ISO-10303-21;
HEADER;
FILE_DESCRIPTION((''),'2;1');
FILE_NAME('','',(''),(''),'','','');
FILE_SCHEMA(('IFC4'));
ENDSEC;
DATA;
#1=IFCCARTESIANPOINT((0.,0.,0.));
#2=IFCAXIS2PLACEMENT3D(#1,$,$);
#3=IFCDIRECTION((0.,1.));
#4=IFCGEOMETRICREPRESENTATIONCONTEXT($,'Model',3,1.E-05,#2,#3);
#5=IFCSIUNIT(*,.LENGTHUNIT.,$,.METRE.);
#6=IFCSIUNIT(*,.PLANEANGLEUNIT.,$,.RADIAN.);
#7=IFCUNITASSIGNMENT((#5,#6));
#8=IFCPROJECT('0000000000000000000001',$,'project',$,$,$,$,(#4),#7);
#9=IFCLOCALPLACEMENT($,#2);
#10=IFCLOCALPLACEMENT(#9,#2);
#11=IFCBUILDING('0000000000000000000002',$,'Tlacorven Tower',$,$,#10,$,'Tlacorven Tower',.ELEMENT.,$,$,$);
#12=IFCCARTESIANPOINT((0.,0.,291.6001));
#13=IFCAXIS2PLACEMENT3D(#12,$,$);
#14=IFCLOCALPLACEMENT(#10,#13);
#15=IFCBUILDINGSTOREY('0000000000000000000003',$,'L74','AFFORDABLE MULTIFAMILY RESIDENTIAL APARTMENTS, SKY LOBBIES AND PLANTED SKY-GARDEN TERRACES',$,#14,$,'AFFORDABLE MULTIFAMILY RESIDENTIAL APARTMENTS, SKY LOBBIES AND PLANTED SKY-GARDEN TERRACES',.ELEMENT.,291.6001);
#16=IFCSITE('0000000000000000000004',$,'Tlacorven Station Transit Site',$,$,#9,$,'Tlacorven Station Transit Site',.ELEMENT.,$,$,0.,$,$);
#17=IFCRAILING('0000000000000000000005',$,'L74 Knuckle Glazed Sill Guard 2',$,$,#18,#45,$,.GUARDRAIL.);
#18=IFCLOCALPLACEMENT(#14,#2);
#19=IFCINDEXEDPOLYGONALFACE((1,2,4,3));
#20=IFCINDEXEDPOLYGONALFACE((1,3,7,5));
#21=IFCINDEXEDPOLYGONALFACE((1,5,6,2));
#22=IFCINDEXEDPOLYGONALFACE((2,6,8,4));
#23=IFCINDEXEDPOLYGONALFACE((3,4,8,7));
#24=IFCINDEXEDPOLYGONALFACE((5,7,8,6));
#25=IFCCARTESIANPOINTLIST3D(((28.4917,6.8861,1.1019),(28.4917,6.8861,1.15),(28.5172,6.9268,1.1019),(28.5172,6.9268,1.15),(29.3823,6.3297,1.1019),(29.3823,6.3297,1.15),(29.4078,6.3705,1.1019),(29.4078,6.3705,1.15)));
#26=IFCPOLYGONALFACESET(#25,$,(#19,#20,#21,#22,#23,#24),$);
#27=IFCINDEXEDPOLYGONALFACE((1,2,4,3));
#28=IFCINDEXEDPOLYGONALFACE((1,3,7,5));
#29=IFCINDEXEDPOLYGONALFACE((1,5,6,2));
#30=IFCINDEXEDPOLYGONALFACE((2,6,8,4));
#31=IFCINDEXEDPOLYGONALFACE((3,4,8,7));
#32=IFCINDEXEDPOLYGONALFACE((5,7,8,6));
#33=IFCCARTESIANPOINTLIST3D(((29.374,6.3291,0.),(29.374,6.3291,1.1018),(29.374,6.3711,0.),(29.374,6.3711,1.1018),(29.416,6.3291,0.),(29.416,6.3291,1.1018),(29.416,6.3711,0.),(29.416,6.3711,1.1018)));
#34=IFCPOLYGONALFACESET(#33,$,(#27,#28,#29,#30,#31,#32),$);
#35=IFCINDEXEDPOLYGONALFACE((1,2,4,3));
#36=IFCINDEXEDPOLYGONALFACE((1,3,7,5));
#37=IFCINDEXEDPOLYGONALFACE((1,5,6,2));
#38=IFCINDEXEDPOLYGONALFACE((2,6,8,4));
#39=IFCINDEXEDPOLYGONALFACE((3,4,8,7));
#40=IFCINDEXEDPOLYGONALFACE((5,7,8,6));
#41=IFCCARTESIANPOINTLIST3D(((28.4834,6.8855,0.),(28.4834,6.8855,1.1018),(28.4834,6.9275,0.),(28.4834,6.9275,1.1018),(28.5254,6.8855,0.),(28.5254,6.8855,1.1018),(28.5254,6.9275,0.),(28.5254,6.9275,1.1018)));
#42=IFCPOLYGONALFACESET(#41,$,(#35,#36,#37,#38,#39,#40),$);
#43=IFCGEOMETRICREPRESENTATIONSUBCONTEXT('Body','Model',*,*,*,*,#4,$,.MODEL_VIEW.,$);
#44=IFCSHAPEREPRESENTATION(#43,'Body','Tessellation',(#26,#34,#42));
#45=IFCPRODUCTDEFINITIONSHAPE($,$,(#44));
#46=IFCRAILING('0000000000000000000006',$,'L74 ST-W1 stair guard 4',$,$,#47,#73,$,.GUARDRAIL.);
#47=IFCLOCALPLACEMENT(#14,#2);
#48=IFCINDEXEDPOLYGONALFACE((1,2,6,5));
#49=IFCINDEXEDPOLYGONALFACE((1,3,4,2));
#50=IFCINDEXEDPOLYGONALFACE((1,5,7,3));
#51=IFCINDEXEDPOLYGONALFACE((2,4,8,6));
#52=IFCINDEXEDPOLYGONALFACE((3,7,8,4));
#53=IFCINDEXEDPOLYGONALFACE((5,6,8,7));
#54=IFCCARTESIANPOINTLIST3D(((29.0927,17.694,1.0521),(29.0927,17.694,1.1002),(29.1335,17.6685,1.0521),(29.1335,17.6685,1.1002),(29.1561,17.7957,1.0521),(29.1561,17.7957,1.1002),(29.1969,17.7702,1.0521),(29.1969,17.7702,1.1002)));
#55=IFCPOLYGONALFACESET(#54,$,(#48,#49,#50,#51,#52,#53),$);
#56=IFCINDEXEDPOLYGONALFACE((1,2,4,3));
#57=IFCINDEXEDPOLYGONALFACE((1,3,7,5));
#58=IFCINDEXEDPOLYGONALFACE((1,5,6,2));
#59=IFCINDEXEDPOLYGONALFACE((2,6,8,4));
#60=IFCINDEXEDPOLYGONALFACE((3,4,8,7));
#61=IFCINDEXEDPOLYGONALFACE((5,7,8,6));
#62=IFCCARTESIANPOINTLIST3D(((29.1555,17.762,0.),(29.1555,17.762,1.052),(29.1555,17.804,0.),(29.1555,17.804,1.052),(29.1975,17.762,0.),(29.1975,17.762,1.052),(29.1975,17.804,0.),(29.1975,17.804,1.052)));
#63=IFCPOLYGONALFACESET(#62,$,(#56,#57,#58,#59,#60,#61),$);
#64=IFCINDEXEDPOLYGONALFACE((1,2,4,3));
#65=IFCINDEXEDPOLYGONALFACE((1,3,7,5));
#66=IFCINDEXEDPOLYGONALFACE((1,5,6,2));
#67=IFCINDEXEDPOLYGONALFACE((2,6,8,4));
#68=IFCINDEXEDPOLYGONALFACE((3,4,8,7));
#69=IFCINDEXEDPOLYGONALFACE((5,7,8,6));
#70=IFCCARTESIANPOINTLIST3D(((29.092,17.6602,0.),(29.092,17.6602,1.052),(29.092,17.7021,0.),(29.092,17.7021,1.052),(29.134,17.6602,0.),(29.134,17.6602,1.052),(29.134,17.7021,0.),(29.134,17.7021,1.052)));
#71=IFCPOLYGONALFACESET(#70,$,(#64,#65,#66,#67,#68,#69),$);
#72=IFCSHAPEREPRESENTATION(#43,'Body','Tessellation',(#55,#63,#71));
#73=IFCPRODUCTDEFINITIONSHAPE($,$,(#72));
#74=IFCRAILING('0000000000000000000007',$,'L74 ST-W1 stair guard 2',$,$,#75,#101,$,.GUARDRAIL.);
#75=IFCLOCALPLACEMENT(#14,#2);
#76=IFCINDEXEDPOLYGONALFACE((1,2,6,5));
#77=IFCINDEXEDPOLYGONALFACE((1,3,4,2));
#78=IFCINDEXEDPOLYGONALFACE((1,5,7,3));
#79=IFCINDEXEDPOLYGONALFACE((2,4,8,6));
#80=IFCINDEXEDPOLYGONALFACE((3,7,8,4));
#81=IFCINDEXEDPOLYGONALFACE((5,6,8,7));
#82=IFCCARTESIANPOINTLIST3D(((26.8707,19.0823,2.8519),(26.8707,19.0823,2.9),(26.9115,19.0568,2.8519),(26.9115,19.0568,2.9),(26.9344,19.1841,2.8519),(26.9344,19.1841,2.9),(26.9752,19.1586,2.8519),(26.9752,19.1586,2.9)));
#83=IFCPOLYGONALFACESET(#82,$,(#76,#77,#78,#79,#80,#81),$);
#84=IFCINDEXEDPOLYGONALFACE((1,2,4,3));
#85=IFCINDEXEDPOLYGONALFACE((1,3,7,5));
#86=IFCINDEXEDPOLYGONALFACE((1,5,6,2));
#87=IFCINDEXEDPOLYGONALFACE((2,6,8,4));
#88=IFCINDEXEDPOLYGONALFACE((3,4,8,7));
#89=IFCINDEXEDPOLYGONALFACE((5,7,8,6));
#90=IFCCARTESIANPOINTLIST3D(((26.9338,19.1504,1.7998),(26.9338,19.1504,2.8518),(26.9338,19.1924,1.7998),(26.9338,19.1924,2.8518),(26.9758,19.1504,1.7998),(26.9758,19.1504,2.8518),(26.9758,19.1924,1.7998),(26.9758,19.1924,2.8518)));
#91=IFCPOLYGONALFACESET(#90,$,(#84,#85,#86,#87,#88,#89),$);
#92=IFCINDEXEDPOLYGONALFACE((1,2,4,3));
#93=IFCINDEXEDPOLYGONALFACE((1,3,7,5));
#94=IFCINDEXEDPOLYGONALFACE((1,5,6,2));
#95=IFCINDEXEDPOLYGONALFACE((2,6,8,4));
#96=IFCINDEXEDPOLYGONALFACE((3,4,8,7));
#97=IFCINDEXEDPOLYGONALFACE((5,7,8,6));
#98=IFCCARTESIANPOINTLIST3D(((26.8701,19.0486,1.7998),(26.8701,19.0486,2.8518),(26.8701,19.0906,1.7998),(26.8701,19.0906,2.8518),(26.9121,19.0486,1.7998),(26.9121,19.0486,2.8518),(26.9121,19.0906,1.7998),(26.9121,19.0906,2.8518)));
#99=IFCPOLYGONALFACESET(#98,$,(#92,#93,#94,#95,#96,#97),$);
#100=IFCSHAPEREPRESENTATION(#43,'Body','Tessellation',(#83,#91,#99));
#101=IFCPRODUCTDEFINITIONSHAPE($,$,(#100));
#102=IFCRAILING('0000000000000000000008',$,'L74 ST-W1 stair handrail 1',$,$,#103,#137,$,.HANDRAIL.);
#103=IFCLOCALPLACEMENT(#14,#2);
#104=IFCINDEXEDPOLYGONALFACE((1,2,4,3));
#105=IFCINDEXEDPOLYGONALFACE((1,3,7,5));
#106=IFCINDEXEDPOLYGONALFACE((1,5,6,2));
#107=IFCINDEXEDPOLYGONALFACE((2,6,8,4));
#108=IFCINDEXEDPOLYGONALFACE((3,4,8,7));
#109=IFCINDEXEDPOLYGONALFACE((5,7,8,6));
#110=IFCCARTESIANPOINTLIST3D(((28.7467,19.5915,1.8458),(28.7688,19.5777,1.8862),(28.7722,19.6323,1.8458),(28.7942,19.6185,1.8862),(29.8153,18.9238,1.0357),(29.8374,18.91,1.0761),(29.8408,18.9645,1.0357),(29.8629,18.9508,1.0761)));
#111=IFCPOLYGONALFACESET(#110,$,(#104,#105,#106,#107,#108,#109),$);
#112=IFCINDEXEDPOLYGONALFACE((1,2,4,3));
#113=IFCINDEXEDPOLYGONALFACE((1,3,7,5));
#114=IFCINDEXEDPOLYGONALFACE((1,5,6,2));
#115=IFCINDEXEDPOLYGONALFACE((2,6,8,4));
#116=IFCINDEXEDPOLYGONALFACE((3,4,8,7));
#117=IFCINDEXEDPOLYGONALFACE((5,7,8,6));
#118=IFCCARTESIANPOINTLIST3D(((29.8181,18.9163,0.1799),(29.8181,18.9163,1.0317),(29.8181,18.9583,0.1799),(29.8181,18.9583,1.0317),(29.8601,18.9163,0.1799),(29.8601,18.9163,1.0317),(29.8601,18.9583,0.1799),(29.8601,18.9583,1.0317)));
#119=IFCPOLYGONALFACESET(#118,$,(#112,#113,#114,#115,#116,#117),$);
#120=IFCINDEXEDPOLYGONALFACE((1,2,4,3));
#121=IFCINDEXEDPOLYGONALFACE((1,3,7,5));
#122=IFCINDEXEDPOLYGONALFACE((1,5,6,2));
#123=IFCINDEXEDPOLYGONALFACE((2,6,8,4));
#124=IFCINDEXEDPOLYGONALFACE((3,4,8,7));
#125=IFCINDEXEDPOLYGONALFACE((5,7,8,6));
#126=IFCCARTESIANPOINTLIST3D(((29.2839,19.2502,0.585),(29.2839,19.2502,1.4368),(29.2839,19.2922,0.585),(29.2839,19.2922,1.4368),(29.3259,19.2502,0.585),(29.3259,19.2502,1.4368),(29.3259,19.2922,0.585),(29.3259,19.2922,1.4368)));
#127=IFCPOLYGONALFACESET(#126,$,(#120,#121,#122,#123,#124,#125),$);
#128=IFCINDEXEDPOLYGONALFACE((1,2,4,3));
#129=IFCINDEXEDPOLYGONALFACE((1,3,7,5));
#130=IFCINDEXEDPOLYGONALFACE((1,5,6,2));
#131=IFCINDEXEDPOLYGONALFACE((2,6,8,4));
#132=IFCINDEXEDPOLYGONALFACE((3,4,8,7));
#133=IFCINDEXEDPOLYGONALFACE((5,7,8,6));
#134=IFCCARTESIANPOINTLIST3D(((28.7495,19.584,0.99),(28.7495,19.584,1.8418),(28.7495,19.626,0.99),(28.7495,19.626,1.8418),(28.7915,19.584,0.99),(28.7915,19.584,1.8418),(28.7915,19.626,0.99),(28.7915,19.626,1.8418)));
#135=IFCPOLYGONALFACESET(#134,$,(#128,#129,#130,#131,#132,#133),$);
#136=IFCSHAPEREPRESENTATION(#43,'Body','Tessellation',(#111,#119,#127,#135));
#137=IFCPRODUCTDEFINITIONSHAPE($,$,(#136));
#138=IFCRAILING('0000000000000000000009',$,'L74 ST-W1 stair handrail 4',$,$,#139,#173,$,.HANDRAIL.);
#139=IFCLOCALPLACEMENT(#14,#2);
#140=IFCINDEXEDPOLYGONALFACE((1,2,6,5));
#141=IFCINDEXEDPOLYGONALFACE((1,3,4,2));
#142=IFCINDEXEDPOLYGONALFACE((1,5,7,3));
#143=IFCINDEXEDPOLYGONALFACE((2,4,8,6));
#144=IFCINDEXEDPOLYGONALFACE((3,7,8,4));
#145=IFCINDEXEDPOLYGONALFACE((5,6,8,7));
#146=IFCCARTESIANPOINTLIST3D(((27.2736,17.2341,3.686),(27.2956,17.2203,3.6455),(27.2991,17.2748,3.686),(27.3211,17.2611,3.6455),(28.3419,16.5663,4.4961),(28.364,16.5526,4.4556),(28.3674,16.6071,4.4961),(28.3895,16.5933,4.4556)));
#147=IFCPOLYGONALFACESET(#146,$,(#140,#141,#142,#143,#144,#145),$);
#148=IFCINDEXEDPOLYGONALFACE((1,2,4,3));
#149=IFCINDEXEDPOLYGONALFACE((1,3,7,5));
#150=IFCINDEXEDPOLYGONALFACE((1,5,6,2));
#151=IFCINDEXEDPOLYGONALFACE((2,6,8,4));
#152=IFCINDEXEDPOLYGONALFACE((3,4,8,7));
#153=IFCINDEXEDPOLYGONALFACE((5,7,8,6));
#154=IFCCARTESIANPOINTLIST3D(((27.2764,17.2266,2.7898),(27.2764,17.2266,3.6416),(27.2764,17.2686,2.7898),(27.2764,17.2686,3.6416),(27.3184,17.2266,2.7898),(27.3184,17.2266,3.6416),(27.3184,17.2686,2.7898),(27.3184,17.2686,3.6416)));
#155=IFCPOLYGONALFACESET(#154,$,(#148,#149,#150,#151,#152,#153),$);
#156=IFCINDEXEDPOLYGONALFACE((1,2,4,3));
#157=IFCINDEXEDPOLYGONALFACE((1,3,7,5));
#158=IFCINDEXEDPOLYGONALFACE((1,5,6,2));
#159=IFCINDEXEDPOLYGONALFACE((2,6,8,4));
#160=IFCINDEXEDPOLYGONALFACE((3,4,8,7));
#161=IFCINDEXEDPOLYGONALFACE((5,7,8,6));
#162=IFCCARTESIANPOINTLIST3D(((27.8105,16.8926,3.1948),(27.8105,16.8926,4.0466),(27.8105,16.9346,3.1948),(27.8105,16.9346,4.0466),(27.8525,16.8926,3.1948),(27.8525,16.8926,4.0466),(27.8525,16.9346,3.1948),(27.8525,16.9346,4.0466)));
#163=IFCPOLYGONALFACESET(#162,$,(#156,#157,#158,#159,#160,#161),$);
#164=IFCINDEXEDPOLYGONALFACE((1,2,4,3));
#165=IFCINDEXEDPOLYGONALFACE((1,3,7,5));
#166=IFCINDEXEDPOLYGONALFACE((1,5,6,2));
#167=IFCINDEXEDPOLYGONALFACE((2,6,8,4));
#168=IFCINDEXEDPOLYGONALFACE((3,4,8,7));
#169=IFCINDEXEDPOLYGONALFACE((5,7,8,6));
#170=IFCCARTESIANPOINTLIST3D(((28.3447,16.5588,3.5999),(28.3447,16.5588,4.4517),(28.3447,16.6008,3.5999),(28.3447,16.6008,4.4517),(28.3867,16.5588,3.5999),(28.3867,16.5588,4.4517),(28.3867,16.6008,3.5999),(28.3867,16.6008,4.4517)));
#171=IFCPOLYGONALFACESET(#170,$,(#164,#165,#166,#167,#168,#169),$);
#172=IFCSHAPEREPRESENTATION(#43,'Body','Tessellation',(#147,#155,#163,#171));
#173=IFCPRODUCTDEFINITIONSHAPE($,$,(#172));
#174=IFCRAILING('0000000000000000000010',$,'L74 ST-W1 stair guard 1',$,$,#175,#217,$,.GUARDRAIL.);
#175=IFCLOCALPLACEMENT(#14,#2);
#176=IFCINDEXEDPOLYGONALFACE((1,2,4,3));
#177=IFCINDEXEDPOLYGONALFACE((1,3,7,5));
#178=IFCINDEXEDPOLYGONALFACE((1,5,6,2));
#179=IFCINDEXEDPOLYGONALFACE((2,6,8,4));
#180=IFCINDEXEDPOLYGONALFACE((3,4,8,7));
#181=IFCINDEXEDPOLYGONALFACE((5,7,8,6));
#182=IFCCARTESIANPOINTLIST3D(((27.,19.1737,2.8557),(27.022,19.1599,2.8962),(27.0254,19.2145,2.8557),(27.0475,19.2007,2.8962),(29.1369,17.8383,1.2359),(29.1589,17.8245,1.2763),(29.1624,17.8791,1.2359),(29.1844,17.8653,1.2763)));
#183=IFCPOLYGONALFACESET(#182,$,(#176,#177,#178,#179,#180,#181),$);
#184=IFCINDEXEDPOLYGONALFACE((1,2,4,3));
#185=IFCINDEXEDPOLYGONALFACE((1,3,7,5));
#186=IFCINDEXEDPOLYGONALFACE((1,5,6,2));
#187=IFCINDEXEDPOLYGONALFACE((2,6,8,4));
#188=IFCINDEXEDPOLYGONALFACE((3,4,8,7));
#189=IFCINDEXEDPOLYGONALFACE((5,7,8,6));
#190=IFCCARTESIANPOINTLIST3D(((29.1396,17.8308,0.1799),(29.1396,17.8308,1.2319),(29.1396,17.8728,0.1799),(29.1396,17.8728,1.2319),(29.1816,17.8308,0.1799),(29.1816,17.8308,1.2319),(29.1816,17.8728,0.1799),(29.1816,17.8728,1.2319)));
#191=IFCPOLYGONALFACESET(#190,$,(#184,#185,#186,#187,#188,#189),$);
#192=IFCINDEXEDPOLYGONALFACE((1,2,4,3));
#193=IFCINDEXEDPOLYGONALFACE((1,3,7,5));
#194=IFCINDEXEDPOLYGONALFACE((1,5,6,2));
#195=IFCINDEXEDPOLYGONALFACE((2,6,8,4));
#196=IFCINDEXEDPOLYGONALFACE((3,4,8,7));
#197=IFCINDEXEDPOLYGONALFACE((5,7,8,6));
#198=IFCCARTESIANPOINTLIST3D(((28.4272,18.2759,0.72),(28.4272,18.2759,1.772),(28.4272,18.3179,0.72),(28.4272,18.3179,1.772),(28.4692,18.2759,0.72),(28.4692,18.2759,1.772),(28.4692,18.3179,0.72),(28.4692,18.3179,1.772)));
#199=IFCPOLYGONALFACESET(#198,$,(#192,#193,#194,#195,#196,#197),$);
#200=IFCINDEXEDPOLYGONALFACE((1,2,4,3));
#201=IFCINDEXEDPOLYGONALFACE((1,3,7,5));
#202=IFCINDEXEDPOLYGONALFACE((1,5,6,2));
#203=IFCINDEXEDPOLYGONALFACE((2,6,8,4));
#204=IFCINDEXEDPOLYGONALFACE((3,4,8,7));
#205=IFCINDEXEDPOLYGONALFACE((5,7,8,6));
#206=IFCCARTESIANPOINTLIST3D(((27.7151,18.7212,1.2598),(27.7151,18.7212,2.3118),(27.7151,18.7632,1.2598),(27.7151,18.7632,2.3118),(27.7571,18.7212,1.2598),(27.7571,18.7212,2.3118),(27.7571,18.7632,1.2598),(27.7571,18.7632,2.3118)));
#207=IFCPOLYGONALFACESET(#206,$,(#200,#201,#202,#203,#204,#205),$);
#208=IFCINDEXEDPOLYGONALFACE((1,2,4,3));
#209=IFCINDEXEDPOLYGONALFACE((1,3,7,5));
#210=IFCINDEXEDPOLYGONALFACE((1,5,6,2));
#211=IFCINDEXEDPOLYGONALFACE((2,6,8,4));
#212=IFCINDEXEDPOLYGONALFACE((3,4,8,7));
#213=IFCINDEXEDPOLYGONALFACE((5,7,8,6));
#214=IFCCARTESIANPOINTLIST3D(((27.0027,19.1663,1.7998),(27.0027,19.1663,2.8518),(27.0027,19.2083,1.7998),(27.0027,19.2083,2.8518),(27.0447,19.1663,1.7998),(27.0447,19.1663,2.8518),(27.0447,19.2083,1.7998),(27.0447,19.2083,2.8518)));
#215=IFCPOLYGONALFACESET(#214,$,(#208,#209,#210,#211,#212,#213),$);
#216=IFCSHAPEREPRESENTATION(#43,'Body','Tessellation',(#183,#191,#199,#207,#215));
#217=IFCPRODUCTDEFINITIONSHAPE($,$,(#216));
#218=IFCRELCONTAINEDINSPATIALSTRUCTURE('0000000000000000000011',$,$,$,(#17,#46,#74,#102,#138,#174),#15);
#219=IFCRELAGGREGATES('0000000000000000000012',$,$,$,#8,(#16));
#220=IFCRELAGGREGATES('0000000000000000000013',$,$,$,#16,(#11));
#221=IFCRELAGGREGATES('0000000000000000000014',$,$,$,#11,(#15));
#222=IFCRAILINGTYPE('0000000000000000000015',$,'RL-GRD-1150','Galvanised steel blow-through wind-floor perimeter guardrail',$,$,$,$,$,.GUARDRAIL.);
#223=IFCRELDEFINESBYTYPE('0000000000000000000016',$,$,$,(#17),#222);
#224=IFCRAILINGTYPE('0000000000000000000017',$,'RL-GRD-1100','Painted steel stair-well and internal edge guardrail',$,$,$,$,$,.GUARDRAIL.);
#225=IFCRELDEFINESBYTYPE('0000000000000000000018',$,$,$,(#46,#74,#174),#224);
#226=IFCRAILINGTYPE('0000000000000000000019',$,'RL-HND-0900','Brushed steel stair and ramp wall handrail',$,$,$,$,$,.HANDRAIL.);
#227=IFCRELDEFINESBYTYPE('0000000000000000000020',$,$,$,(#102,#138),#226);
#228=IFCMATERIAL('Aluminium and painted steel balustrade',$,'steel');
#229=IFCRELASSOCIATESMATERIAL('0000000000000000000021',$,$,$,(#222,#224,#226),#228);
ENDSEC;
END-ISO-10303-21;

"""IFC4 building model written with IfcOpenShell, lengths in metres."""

from ifc_helpers import new_model, si_unit, direction, frame, origin, origin_2d, place, context, subcontext, project, spatial, rectangle, extrude, source, transform, mapped, material, type_object, element, save


model = new_model("IFC4")

# Units and contexts
model_context = context("Model", 3, precision=1e-05, world=origin(), true_north=direction((0.0, 1.0)))
body_context = subcontext(model_context, "Body", "Model", "MODEL_VIEW")
ifc_project = project(units=[si_unit("LENGTHUNIT", "METRE"), si_unit("PLANEANGLEUNIT", "RADIAN")], contexts=[model_context])

# Site, building, storey
site_placement = place(None, origin())
site = spatial("IfcSite", under=ifc_project, at=site_placement, Name="Tlacorven Station Transit Site", LongName="Tlacorven Station Transit Site", CompositionType="ELEMENT", RefElevation=0.0)
building_placement = place(site_placement, origin())
building = spatial("IfcBuilding", under=site, at=building_placement, Name="Tlacorven Tower", LongName="Tlacorven Tower", CompositionType="ELEMENT")
storey_placement = place(building_placement, frame((0.0, 0.0, 291.6001)))
storey = spatial("IfcBuildingStorey", under=building, at=storey_placement, Name="L74", Description="AFFORDABLE MULTIFAMILY RESIDENTIAL APARTMENTS, SKY LOBBIES AND PLANTED SKY-GARDEN TERRACES", LongName="AFFORDABLE MULTIFAMILY RESIDENTIAL APARTMENTS, SKY LOBBIES AND PLANTED SKY-GARDEN TERRACES", CompositionType="ELEMENT", Elevation=291.6001)

# Railings
ifc_material_1 = material(Name="Aluminium and painted steel balustrade", Category="steel")
railing_type_1 = type_object("IfcRailingType", Name="RL-GRD-1150", Description="Galvanised steel blow-through wind-floor perimeter guardrail", PredefinedType="GUARDRAIL", material=ifc_material_1)
shared_shape_1 = source(origin(), body_context, "Body", "SweptSolid", [
    extrude(rectangle(XDim=0.0481, YDim=0.0481, at=origin_2d()), frame((0.0, 0.0, 1.126), z_axis=(-0.848103, 0.529832, 0.0), x_axis=(-0.529832, -0.848103, 0.0)), (0.0, 0.0, 1.0), 1.05),
    extrude(rectangle(XDim=0.042, YDim=0.042, at=origin_2d()), origin(), (0.0, 0.0, 1.0), 1.1018),
    extrude(rectangle(XDim=0.042, YDim=0.042, at=origin_2d()), frame((-0.8906, 0.5564, 0.0)), (0.0, 0.0, 1.0), 1.1018),
])
railing_1_placement = place(storey_placement, frame((29.395, 6.3501, 0.0)))
element("IfcRailing", 1, at=railing_1_placement, inside=storey, type_object=railing_type_1, Name="L74 Knuckle Glazed Sill Guard 2", PredefinedType="GUARDRAIL", context=body_context, shape_type="MappedRepresentation", body=[
    mapped(shared_shape_1, transform((0.0, 0.0, 0.0), scale=1.0)),
])
railing_type_2 = type_object("IfcRailingType", Name="RL-GRD-1100", Description="Painted steel stair-well and internal edge guardrail", PredefinedType="GUARDRAIL", material=ifc_material_1)
shared_shape_2 = source(origin(), body_context, "Body", "SweptSolid", [
    extrude(rectangle(XDim=0.0481, YDim=0.0481, at=origin_2d()), frame((0.0, 0.0, 1.0762), z_axis=(-0.529084, -0.848569, 0.0), x_axis=(0.848569, -0.529084, 0.0)), (0.0, 0.0, 1.0), 0.1199),
    extrude(rectangle(XDim=0.042, YDim=0.042, at=origin_2d()), origin(), (0.0, 0.0, 1.0), 1.052),
    extrude(rectangle(XDim=0.042, YDim=0.042, at=origin_2d()), frame((-0.0635, -0.1018, 0.0)), (0.0, 0.0, 1.0), 1.052),
])
railing_2_placement = place(storey_placement, frame((29.1765, 17.783, 0.0)))
element("IfcRailing", 2, at=railing_2_placement, inside=storey, type_object=railing_type_2, Name="L74 ST-W1 stair guard 4", PredefinedType="GUARDRAIL", context=body_context, shape_type="MappedRepresentation", body=[
    mapped(shared_shape_2, transform((0.0, 0.0, 0.0), scale=1.0)),
])
shared_shape_3 = source(origin(), body_context, "Body", "SweptSolid", [
    extrude(rectangle(XDim=0.0481, YDim=0.0481, at=origin_2d()), frame((0.0, 0.0, 1.0762), z_axis=(-0.530547, -0.847656, 0.0), x_axis=(0.847656, -0.530547, 0.0)), (0.0, 0.0, 1.0), 0.1201),
    extrude(rectangle(XDim=0.042, YDim=0.042, at=origin_2d()), origin(), (0.0, 0.0, 1.0), 1.052),
    extrude(rectangle(XDim=0.042, YDim=0.042, at=origin_2d()), frame((-0.0637, -0.1018, 0.0)), (0.0, 0.0, 1.0), 1.052),
])
railing_3_placement = place(storey_placement, frame((26.9548, 19.1714, 1.7998)))
element("IfcRailing", 3, at=railing_3_placement, inside=storey, type_object=railing_type_2, Name="L74 ST-W1 stair guard 2", PredefinedType="GUARDRAIL", context=body_context, shape_type="MappedRepresentation", body=[
    mapped(shared_shape_3, transform((0.0, 0.0, 0.0), scale=1.0)),
])
railing_type_3 = type_object("IfcRailingType", Name="RL-HND-0900", Description="Brushed steel stair and ramp wall handrail", PredefinedType="HANDRAIL", material=ifc_material_1)
shared_shape_4 = source(origin(), body_context, "Body", "SweptSolid", [
    extrude(rectangle(XDim=0.0481, YDim=0.0481, at=origin_2d()), frame((0.0, 0.0, 0.876), z_axis=(-0.71336, 0.445748, 0.540765), x_axis=(-0.529912, -0.848053, 0.0)), (0.0, 0.0, 1.0), 1.498),
    extrude(rectangle(XDim=0.042, YDim=0.042, at=origin_2d()), origin(), (0.0, 0.0, 1.0), 0.8518),
    extrude(rectangle(XDim=0.042, YDim=0.042, at=origin_2d()), frame((-0.5342, 0.334, 0.405)), (0.0, 0.0, 1.0), 0.8518),
    extrude(rectangle(XDim=0.042, YDim=0.042, at=origin_2d()), frame((-1.0686, 0.6677, 0.8101)), (0.0, 0.0, 1.0), 0.8518),
])
railing_4_placement = place(storey_placement, frame((29.8391, 18.9373, 0.1799)))
element("IfcRailing", 4, at=railing_4_placement, inside=storey, type_object=railing_type_3, Name="L74 ST-W1 stair handrail 1", PredefinedType="HANDRAIL", context=body_context, shape_type="MappedRepresentation", body=[
    mapped(shared_shape_4, transform((0.0, 0.0, 0.0), scale=1.0)),
])
shared_shape_5 = source(origin(), body_context, "Body", "SweptSolid", [
    extrude(rectangle(XDim=0.0481, YDim=0.0481, at=origin_2d()), frame((0.0, 0.0, 0.876), z_axis=(0.71328, -0.4458, 0.540828), x_axis=(0.529999, 0.847998, 0.0)), (0.0, 0.0, 1.0), 1.4978),
    extrude(rectangle(XDim=0.042, YDim=0.042, at=origin_2d()), origin(), (0.0, 0.0, 1.0), 0.8518),
    extrude(rectangle(XDim=0.042, YDim=0.042, at=origin_2d()), frame((0.5342, -0.334, 0.405)), (0.0, 0.0, 1.0), 0.8518),
    extrude(rectangle(XDim=0.042, YDim=0.042, at=origin_2d()), frame((1.0684, -0.6677, 0.8101)), (0.0, 0.0, 1.0), 0.8518),
])
railing_5_placement = place(storey_placement, frame((27.2974, 17.2476, 2.7898)))
element("IfcRailing", 5, at=railing_5_placement, inside=storey, type_object=railing_type_3, Name="L74 ST-W1 stair handrail 4", PredefinedType="HANDRAIL", context=body_context, shape_type="MappedRepresentation", body=[
    mapped(shared_shape_5, transform((0.0, 0.0, 0.0), scale=1.0)),
])
shared_shape_6 = source(origin(), body_context, "Body", "SweptSolid", [
    extrude(rectangle(XDim=0.0481, YDim=0.0481, at=origin_2d()), frame((0.0, 0.0, 1.0762), z_axis=(-0.713351, 0.445794, 0.540739), x_axis=(-0.529955, -0.848026, 0.0)), (0.0, 0.0, 1.0), 2.9956),
    extrude(rectangle(XDim=0.042, YDim=0.042, at=origin_2d()), origin(), (0.0, 0.0, 1.0), 1.052),
    extrude(rectangle(XDim=0.042, YDim=0.042, at=origin_2d()), frame((-0.7124, 0.4451, 0.54)), (0.0, 0.0, 1.0), 1.052),
    extrude(rectangle(XDim=0.042, YDim=0.042, at=origin_2d()), frame((-1.4246, 0.8904, 1.0798)), (0.0, 0.0, 1.0), 1.052),
    extrude(rectangle(XDim=0.042, YDim=0.042, at=origin_2d()), frame((-2.137, 1.3354, 1.6199)), (0.0, 0.0, 1.0), 1.052),
])
railing_6_placement = place(storey_placement, frame((29.1606, 17.8518, 0.1799)))
element("IfcRailing", 6, at=railing_6_placement, inside=storey, type_object=railing_type_2, Name="L74 ST-W1 stair guard 1", PredefinedType="GUARDRAIL", context=body_context, shape_type="MappedRepresentation", body=[
    mapped(shared_shape_6, transform((0.0, 0.0, 0.0), scale=1.0)),
])

save(model, "model.ifc")
